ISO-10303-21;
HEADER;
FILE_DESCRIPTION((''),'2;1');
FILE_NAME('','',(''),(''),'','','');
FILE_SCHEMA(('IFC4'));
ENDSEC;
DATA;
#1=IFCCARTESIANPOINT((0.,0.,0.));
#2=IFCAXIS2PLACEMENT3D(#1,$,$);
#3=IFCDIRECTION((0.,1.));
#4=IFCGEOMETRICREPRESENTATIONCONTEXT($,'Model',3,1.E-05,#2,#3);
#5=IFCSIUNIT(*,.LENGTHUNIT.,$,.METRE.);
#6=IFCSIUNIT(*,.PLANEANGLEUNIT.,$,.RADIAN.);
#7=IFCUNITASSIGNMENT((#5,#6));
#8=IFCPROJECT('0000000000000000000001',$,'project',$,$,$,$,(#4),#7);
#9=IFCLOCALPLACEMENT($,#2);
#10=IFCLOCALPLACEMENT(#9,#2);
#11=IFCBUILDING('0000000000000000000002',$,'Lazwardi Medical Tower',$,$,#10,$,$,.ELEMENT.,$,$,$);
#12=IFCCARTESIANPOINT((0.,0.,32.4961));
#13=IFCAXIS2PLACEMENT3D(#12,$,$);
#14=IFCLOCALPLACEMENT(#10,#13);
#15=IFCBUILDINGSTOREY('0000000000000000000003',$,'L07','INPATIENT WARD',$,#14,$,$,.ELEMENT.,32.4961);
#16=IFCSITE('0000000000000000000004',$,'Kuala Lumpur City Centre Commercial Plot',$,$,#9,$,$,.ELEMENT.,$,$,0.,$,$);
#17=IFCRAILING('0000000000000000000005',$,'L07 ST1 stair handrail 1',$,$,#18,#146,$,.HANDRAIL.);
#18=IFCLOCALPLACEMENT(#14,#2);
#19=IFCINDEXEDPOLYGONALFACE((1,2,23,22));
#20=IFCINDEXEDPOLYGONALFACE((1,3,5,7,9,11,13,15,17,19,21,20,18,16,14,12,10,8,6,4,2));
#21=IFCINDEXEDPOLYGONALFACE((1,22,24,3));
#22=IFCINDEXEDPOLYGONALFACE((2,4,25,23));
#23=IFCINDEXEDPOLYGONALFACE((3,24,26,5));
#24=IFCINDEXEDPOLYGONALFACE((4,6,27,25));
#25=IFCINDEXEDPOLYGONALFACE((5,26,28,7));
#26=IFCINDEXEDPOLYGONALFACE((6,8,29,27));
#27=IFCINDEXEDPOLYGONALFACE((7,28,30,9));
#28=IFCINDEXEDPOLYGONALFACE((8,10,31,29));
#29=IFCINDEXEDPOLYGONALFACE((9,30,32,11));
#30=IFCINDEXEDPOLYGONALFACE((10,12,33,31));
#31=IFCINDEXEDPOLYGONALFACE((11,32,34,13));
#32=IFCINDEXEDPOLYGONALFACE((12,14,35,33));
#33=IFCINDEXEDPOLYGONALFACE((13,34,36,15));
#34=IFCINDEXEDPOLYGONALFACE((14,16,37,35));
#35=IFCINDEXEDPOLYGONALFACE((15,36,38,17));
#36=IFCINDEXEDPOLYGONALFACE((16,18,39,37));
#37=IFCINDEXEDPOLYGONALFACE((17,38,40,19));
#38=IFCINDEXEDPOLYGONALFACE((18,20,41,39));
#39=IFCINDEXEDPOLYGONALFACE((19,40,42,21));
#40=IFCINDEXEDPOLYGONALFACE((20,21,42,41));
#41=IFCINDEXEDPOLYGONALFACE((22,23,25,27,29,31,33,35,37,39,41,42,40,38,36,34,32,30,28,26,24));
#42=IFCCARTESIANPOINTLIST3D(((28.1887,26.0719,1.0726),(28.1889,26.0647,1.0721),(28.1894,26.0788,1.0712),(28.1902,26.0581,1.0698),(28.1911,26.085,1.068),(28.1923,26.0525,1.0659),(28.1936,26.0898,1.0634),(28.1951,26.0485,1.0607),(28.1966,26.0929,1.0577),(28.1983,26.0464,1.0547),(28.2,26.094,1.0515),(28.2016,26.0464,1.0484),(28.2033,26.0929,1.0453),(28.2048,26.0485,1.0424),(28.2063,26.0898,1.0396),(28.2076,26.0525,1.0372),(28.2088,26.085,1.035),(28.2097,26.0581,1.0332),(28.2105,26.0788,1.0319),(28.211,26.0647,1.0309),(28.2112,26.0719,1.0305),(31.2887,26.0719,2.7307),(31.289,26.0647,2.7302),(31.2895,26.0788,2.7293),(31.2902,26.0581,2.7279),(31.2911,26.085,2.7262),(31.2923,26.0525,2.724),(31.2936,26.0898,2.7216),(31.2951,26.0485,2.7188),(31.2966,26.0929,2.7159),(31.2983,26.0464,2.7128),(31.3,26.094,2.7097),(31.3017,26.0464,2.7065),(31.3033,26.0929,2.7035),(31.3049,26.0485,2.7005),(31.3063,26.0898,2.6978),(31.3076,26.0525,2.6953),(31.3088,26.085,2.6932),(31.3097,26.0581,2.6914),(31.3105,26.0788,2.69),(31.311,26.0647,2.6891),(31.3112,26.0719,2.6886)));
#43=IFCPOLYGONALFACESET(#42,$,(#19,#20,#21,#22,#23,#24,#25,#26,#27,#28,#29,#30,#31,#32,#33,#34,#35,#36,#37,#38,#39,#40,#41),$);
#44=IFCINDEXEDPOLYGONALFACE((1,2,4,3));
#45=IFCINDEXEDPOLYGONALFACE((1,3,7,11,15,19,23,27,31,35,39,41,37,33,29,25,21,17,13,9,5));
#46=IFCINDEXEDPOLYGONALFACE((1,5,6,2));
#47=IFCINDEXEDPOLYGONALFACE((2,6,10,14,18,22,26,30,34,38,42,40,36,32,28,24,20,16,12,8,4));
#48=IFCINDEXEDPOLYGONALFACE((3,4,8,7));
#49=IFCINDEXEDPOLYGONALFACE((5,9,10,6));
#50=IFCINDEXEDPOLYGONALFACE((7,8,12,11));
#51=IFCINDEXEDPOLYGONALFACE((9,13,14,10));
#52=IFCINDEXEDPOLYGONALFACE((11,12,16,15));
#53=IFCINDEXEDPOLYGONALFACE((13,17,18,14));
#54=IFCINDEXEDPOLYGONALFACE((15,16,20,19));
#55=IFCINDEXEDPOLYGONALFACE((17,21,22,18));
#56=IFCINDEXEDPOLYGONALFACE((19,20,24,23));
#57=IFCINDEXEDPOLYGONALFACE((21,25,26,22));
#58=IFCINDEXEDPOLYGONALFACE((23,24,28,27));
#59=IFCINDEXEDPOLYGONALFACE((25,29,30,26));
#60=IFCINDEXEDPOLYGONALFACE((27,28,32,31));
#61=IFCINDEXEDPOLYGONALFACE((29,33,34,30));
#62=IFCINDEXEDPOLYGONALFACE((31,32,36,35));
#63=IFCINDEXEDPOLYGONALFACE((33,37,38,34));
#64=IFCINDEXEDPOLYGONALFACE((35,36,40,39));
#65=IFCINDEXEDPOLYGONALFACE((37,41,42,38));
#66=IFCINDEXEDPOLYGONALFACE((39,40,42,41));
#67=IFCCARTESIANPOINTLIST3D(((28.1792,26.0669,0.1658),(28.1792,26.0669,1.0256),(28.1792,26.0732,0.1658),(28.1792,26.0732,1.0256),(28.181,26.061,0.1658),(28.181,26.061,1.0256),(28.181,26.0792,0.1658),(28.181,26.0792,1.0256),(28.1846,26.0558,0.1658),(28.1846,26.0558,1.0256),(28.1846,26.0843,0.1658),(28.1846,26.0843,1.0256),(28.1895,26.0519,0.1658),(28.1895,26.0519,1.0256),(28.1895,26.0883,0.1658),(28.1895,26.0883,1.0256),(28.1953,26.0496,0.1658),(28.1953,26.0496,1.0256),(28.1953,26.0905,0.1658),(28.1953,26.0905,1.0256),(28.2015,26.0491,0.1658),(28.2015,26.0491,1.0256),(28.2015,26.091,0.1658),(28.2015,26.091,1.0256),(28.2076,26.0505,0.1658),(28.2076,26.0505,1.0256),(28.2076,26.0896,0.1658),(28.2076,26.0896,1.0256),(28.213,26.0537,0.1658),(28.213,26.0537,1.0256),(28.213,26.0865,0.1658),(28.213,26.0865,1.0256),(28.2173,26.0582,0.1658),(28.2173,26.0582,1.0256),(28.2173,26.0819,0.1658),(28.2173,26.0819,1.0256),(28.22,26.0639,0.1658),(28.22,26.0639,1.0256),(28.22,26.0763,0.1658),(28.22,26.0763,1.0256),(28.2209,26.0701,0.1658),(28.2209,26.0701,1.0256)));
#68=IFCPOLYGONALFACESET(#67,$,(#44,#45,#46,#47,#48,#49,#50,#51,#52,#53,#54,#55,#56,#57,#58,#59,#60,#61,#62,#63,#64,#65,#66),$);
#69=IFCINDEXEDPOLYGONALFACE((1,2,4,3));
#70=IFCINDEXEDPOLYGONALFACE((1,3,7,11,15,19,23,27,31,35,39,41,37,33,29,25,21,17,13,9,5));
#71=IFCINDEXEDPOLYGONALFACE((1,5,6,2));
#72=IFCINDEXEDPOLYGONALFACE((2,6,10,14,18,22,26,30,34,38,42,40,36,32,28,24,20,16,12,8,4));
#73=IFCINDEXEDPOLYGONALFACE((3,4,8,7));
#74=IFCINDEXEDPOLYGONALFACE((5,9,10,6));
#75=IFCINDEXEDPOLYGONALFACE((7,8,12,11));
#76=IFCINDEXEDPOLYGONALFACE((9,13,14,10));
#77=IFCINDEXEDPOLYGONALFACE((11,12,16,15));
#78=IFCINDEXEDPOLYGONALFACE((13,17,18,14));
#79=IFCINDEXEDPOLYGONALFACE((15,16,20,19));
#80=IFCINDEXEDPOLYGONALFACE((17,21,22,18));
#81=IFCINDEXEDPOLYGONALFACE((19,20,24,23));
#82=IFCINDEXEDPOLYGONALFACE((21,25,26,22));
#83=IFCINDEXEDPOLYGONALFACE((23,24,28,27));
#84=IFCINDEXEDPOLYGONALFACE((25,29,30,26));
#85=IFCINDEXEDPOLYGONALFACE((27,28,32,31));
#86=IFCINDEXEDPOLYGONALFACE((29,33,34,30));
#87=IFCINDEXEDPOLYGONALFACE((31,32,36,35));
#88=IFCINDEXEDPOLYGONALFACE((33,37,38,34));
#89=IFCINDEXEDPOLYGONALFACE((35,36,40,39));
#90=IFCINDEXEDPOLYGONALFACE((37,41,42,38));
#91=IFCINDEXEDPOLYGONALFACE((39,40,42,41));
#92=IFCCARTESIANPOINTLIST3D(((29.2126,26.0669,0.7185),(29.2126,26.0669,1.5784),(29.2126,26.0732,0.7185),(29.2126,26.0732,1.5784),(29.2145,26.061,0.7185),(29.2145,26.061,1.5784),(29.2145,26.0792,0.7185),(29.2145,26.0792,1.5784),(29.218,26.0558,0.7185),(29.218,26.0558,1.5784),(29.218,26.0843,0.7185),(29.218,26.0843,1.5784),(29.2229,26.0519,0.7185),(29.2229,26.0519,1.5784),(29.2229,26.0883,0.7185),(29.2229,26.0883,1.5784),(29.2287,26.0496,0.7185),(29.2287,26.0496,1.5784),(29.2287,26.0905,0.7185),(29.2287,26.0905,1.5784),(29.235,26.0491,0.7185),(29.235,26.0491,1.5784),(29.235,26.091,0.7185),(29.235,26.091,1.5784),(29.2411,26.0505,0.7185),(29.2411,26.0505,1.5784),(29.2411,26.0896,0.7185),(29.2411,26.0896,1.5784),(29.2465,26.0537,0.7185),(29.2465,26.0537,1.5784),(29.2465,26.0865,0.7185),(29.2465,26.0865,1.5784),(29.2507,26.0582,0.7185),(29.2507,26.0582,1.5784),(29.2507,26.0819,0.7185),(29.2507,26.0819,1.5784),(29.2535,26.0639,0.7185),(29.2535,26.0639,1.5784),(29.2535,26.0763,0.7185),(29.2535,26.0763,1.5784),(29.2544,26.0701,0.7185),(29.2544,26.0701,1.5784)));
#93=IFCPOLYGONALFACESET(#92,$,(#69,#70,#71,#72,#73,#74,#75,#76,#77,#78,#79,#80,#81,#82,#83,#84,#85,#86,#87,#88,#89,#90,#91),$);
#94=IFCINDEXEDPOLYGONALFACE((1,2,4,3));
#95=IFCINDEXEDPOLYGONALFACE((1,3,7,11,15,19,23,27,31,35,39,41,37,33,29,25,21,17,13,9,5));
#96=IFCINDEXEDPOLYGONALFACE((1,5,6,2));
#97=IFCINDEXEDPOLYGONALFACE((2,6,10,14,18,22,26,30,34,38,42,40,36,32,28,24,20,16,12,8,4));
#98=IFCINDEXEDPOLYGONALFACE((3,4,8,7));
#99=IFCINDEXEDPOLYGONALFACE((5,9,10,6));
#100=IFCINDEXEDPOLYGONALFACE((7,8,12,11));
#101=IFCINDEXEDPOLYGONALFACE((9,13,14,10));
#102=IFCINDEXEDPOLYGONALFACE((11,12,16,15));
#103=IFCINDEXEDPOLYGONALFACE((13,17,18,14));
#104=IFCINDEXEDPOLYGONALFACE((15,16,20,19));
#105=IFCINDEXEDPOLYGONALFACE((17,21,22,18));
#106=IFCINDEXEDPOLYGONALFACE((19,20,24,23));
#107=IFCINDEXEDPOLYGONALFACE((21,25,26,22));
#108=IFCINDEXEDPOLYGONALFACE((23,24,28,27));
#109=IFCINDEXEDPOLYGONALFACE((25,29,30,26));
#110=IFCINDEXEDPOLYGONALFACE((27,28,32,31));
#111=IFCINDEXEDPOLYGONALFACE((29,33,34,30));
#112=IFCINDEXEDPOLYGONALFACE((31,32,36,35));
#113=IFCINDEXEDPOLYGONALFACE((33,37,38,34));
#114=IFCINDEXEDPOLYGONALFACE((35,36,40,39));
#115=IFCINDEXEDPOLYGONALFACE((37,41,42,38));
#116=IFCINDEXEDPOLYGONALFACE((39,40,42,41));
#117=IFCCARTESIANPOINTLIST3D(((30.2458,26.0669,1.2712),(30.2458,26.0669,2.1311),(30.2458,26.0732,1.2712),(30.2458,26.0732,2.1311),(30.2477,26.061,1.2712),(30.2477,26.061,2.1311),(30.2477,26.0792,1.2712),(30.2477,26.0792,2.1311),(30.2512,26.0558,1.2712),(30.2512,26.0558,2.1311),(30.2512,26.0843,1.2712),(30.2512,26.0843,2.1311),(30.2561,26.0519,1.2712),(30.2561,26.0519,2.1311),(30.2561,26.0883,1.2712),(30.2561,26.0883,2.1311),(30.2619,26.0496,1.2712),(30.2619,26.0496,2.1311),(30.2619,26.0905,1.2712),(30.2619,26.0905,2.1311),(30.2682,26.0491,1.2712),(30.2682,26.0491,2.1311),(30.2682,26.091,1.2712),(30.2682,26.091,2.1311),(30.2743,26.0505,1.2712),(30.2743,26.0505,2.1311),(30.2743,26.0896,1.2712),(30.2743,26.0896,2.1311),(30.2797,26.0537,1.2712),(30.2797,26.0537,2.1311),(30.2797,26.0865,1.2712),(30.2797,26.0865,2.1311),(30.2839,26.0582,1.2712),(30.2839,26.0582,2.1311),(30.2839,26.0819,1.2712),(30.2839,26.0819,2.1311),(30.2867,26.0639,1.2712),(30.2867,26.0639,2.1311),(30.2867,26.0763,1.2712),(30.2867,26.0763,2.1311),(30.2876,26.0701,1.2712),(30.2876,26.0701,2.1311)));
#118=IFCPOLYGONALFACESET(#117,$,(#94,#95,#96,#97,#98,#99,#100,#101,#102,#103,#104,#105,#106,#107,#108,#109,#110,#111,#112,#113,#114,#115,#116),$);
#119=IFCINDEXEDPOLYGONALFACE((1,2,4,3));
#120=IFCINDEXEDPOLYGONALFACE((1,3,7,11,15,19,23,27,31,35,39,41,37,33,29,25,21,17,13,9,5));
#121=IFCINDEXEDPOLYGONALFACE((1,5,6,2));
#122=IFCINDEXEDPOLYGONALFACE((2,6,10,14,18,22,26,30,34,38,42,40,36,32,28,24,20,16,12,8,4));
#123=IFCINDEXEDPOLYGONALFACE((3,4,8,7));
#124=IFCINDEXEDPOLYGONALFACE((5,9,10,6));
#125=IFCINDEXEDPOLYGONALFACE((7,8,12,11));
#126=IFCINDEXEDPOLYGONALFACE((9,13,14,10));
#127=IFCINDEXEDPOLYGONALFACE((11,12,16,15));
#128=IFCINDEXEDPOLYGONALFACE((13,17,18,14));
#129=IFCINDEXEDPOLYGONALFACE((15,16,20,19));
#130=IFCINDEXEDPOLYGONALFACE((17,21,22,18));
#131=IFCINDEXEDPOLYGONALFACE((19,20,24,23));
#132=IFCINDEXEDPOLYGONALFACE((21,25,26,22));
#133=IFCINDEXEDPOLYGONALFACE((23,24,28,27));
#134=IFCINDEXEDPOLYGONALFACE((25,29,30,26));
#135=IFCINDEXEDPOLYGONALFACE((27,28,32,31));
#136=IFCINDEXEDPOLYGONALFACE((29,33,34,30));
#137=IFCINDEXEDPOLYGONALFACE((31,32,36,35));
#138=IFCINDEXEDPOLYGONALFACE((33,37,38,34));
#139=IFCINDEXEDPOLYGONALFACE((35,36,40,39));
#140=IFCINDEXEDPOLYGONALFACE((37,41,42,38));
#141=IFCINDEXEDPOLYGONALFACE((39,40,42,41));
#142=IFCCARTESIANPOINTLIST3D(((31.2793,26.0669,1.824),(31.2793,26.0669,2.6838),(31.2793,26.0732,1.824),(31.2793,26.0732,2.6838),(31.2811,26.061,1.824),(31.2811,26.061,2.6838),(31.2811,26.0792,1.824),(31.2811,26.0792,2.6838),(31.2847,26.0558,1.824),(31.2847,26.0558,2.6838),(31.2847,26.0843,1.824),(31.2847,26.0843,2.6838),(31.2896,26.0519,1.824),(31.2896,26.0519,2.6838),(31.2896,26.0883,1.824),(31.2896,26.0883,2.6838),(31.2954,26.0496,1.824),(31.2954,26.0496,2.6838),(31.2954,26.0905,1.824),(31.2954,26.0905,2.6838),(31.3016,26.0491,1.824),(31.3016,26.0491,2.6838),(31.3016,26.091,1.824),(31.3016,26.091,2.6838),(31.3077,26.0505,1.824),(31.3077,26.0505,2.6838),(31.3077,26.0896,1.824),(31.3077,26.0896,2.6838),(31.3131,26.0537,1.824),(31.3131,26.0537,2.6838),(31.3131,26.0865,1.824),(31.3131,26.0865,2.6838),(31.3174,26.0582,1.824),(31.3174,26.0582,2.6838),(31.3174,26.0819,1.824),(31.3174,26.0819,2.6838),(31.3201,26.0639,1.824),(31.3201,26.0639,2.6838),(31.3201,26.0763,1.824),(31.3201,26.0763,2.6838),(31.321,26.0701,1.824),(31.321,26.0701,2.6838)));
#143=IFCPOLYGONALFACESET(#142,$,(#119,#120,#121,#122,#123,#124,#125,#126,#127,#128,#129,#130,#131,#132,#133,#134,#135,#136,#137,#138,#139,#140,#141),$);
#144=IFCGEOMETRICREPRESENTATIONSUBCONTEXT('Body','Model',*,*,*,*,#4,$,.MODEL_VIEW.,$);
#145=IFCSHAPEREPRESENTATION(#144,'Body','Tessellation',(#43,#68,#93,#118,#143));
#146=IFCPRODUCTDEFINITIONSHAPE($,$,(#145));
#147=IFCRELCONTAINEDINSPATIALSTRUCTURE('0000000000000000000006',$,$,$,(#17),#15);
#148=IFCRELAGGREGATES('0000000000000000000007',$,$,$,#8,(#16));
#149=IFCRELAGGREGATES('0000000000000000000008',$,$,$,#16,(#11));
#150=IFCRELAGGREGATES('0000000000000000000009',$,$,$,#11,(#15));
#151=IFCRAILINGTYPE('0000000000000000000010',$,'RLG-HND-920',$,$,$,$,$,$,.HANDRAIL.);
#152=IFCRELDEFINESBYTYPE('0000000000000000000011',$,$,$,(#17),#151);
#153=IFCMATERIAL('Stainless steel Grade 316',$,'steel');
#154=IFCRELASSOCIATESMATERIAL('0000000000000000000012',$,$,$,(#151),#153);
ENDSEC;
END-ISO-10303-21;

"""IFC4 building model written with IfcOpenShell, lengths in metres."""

from ifc_helpers import new_model, si_unit, direction, frame, origin, origin_2d, place, context, subcontext, project, spatial, circle, extrude, material, type_object, element, save


model = new_model("IFC4")

# Units and contexts
model_context = context("Model", 3, precision=1e-05, world=origin(), true_north=direction((0.0, 1.0)))
body_context = subcontext(model_context, "Body", "Model", "MODEL_VIEW")
ifc_project = project(units=[si_unit("LENGTHUNIT", "METRE"), si_unit("PLANEANGLEUNIT", "RADIAN")], contexts=[model_context])

# Site, building, storey
site_placement = place(None, origin())
site = spatial("IfcSite", under=ifc_project, at=site_placement, Name="Kuala Lumpur City Centre Commercial Plot", CompositionType="ELEMENT", RefElevation=0.0)
building_placement = place(site_placement, origin())
building = spatial("IfcBuilding", under=site, at=building_placement, Name="Lazwardi Medical Tower", CompositionType="ELEMENT")
storey_placement = place(building_placement, frame((0.0, 0.0, 32.4961)))
storey = spatial("IfcBuildingStorey", under=building, at=storey_placement, Name="L07", Description="INPATIENT WARD", CompositionType="ELEMENT", Elevation=32.4961)

# Railing
ifc_material_1 = material(Name="Stainless steel Grade 316", Category="steel")
railing_type_1 = type_object("IfcRailingType", Name="RLG-HND-920", PredefinedType="HANDRAIL", material=ifc_material_1)
railing_1_placement = place(storey_placement, frame((28.2, 26.0701, 0.1658)))
element("IfcRailing", 1, at=railing_1_placement, inside=storey, type_object=railing_type_1, Name="L07 ST1 stair handrail 1", PredefinedType="HANDRAIL", context=body_context, shape_type="SweptSolid", body=[
    extrude(circle(Radius=0.0239, at=origin_2d()), frame((0.0, 0.0, 0.8857), z_axis=(0.881783, 0.0, 0.471655), x_axis=(0.0, 1.0, 0.0)), (0.0, 0.0, 1.0), 3.5156),
    extrude(circle(Radius=0.021, at=origin_2d()), origin(), (0.0, 0.0, 1.0), 0.8599),
    extrude(circle(Radius=0.021, at=origin_2d()), frame((1.0334, 0.0, 0.5527)), (0.0, 0.0, 1.0), 0.8599),
    extrude(circle(Radius=0.021, at=origin_2d()), frame((2.0667, 0.0, 1.1055)), (0.0, 0.0, 1.0), 0.8599),
    extrude(circle(Radius=0.021, at=origin_2d()), frame((3.1001, 0.0, 1.6582)), (0.0, 0.0, 1.0), 0.8599),
])

save(model, "model.ifc")
